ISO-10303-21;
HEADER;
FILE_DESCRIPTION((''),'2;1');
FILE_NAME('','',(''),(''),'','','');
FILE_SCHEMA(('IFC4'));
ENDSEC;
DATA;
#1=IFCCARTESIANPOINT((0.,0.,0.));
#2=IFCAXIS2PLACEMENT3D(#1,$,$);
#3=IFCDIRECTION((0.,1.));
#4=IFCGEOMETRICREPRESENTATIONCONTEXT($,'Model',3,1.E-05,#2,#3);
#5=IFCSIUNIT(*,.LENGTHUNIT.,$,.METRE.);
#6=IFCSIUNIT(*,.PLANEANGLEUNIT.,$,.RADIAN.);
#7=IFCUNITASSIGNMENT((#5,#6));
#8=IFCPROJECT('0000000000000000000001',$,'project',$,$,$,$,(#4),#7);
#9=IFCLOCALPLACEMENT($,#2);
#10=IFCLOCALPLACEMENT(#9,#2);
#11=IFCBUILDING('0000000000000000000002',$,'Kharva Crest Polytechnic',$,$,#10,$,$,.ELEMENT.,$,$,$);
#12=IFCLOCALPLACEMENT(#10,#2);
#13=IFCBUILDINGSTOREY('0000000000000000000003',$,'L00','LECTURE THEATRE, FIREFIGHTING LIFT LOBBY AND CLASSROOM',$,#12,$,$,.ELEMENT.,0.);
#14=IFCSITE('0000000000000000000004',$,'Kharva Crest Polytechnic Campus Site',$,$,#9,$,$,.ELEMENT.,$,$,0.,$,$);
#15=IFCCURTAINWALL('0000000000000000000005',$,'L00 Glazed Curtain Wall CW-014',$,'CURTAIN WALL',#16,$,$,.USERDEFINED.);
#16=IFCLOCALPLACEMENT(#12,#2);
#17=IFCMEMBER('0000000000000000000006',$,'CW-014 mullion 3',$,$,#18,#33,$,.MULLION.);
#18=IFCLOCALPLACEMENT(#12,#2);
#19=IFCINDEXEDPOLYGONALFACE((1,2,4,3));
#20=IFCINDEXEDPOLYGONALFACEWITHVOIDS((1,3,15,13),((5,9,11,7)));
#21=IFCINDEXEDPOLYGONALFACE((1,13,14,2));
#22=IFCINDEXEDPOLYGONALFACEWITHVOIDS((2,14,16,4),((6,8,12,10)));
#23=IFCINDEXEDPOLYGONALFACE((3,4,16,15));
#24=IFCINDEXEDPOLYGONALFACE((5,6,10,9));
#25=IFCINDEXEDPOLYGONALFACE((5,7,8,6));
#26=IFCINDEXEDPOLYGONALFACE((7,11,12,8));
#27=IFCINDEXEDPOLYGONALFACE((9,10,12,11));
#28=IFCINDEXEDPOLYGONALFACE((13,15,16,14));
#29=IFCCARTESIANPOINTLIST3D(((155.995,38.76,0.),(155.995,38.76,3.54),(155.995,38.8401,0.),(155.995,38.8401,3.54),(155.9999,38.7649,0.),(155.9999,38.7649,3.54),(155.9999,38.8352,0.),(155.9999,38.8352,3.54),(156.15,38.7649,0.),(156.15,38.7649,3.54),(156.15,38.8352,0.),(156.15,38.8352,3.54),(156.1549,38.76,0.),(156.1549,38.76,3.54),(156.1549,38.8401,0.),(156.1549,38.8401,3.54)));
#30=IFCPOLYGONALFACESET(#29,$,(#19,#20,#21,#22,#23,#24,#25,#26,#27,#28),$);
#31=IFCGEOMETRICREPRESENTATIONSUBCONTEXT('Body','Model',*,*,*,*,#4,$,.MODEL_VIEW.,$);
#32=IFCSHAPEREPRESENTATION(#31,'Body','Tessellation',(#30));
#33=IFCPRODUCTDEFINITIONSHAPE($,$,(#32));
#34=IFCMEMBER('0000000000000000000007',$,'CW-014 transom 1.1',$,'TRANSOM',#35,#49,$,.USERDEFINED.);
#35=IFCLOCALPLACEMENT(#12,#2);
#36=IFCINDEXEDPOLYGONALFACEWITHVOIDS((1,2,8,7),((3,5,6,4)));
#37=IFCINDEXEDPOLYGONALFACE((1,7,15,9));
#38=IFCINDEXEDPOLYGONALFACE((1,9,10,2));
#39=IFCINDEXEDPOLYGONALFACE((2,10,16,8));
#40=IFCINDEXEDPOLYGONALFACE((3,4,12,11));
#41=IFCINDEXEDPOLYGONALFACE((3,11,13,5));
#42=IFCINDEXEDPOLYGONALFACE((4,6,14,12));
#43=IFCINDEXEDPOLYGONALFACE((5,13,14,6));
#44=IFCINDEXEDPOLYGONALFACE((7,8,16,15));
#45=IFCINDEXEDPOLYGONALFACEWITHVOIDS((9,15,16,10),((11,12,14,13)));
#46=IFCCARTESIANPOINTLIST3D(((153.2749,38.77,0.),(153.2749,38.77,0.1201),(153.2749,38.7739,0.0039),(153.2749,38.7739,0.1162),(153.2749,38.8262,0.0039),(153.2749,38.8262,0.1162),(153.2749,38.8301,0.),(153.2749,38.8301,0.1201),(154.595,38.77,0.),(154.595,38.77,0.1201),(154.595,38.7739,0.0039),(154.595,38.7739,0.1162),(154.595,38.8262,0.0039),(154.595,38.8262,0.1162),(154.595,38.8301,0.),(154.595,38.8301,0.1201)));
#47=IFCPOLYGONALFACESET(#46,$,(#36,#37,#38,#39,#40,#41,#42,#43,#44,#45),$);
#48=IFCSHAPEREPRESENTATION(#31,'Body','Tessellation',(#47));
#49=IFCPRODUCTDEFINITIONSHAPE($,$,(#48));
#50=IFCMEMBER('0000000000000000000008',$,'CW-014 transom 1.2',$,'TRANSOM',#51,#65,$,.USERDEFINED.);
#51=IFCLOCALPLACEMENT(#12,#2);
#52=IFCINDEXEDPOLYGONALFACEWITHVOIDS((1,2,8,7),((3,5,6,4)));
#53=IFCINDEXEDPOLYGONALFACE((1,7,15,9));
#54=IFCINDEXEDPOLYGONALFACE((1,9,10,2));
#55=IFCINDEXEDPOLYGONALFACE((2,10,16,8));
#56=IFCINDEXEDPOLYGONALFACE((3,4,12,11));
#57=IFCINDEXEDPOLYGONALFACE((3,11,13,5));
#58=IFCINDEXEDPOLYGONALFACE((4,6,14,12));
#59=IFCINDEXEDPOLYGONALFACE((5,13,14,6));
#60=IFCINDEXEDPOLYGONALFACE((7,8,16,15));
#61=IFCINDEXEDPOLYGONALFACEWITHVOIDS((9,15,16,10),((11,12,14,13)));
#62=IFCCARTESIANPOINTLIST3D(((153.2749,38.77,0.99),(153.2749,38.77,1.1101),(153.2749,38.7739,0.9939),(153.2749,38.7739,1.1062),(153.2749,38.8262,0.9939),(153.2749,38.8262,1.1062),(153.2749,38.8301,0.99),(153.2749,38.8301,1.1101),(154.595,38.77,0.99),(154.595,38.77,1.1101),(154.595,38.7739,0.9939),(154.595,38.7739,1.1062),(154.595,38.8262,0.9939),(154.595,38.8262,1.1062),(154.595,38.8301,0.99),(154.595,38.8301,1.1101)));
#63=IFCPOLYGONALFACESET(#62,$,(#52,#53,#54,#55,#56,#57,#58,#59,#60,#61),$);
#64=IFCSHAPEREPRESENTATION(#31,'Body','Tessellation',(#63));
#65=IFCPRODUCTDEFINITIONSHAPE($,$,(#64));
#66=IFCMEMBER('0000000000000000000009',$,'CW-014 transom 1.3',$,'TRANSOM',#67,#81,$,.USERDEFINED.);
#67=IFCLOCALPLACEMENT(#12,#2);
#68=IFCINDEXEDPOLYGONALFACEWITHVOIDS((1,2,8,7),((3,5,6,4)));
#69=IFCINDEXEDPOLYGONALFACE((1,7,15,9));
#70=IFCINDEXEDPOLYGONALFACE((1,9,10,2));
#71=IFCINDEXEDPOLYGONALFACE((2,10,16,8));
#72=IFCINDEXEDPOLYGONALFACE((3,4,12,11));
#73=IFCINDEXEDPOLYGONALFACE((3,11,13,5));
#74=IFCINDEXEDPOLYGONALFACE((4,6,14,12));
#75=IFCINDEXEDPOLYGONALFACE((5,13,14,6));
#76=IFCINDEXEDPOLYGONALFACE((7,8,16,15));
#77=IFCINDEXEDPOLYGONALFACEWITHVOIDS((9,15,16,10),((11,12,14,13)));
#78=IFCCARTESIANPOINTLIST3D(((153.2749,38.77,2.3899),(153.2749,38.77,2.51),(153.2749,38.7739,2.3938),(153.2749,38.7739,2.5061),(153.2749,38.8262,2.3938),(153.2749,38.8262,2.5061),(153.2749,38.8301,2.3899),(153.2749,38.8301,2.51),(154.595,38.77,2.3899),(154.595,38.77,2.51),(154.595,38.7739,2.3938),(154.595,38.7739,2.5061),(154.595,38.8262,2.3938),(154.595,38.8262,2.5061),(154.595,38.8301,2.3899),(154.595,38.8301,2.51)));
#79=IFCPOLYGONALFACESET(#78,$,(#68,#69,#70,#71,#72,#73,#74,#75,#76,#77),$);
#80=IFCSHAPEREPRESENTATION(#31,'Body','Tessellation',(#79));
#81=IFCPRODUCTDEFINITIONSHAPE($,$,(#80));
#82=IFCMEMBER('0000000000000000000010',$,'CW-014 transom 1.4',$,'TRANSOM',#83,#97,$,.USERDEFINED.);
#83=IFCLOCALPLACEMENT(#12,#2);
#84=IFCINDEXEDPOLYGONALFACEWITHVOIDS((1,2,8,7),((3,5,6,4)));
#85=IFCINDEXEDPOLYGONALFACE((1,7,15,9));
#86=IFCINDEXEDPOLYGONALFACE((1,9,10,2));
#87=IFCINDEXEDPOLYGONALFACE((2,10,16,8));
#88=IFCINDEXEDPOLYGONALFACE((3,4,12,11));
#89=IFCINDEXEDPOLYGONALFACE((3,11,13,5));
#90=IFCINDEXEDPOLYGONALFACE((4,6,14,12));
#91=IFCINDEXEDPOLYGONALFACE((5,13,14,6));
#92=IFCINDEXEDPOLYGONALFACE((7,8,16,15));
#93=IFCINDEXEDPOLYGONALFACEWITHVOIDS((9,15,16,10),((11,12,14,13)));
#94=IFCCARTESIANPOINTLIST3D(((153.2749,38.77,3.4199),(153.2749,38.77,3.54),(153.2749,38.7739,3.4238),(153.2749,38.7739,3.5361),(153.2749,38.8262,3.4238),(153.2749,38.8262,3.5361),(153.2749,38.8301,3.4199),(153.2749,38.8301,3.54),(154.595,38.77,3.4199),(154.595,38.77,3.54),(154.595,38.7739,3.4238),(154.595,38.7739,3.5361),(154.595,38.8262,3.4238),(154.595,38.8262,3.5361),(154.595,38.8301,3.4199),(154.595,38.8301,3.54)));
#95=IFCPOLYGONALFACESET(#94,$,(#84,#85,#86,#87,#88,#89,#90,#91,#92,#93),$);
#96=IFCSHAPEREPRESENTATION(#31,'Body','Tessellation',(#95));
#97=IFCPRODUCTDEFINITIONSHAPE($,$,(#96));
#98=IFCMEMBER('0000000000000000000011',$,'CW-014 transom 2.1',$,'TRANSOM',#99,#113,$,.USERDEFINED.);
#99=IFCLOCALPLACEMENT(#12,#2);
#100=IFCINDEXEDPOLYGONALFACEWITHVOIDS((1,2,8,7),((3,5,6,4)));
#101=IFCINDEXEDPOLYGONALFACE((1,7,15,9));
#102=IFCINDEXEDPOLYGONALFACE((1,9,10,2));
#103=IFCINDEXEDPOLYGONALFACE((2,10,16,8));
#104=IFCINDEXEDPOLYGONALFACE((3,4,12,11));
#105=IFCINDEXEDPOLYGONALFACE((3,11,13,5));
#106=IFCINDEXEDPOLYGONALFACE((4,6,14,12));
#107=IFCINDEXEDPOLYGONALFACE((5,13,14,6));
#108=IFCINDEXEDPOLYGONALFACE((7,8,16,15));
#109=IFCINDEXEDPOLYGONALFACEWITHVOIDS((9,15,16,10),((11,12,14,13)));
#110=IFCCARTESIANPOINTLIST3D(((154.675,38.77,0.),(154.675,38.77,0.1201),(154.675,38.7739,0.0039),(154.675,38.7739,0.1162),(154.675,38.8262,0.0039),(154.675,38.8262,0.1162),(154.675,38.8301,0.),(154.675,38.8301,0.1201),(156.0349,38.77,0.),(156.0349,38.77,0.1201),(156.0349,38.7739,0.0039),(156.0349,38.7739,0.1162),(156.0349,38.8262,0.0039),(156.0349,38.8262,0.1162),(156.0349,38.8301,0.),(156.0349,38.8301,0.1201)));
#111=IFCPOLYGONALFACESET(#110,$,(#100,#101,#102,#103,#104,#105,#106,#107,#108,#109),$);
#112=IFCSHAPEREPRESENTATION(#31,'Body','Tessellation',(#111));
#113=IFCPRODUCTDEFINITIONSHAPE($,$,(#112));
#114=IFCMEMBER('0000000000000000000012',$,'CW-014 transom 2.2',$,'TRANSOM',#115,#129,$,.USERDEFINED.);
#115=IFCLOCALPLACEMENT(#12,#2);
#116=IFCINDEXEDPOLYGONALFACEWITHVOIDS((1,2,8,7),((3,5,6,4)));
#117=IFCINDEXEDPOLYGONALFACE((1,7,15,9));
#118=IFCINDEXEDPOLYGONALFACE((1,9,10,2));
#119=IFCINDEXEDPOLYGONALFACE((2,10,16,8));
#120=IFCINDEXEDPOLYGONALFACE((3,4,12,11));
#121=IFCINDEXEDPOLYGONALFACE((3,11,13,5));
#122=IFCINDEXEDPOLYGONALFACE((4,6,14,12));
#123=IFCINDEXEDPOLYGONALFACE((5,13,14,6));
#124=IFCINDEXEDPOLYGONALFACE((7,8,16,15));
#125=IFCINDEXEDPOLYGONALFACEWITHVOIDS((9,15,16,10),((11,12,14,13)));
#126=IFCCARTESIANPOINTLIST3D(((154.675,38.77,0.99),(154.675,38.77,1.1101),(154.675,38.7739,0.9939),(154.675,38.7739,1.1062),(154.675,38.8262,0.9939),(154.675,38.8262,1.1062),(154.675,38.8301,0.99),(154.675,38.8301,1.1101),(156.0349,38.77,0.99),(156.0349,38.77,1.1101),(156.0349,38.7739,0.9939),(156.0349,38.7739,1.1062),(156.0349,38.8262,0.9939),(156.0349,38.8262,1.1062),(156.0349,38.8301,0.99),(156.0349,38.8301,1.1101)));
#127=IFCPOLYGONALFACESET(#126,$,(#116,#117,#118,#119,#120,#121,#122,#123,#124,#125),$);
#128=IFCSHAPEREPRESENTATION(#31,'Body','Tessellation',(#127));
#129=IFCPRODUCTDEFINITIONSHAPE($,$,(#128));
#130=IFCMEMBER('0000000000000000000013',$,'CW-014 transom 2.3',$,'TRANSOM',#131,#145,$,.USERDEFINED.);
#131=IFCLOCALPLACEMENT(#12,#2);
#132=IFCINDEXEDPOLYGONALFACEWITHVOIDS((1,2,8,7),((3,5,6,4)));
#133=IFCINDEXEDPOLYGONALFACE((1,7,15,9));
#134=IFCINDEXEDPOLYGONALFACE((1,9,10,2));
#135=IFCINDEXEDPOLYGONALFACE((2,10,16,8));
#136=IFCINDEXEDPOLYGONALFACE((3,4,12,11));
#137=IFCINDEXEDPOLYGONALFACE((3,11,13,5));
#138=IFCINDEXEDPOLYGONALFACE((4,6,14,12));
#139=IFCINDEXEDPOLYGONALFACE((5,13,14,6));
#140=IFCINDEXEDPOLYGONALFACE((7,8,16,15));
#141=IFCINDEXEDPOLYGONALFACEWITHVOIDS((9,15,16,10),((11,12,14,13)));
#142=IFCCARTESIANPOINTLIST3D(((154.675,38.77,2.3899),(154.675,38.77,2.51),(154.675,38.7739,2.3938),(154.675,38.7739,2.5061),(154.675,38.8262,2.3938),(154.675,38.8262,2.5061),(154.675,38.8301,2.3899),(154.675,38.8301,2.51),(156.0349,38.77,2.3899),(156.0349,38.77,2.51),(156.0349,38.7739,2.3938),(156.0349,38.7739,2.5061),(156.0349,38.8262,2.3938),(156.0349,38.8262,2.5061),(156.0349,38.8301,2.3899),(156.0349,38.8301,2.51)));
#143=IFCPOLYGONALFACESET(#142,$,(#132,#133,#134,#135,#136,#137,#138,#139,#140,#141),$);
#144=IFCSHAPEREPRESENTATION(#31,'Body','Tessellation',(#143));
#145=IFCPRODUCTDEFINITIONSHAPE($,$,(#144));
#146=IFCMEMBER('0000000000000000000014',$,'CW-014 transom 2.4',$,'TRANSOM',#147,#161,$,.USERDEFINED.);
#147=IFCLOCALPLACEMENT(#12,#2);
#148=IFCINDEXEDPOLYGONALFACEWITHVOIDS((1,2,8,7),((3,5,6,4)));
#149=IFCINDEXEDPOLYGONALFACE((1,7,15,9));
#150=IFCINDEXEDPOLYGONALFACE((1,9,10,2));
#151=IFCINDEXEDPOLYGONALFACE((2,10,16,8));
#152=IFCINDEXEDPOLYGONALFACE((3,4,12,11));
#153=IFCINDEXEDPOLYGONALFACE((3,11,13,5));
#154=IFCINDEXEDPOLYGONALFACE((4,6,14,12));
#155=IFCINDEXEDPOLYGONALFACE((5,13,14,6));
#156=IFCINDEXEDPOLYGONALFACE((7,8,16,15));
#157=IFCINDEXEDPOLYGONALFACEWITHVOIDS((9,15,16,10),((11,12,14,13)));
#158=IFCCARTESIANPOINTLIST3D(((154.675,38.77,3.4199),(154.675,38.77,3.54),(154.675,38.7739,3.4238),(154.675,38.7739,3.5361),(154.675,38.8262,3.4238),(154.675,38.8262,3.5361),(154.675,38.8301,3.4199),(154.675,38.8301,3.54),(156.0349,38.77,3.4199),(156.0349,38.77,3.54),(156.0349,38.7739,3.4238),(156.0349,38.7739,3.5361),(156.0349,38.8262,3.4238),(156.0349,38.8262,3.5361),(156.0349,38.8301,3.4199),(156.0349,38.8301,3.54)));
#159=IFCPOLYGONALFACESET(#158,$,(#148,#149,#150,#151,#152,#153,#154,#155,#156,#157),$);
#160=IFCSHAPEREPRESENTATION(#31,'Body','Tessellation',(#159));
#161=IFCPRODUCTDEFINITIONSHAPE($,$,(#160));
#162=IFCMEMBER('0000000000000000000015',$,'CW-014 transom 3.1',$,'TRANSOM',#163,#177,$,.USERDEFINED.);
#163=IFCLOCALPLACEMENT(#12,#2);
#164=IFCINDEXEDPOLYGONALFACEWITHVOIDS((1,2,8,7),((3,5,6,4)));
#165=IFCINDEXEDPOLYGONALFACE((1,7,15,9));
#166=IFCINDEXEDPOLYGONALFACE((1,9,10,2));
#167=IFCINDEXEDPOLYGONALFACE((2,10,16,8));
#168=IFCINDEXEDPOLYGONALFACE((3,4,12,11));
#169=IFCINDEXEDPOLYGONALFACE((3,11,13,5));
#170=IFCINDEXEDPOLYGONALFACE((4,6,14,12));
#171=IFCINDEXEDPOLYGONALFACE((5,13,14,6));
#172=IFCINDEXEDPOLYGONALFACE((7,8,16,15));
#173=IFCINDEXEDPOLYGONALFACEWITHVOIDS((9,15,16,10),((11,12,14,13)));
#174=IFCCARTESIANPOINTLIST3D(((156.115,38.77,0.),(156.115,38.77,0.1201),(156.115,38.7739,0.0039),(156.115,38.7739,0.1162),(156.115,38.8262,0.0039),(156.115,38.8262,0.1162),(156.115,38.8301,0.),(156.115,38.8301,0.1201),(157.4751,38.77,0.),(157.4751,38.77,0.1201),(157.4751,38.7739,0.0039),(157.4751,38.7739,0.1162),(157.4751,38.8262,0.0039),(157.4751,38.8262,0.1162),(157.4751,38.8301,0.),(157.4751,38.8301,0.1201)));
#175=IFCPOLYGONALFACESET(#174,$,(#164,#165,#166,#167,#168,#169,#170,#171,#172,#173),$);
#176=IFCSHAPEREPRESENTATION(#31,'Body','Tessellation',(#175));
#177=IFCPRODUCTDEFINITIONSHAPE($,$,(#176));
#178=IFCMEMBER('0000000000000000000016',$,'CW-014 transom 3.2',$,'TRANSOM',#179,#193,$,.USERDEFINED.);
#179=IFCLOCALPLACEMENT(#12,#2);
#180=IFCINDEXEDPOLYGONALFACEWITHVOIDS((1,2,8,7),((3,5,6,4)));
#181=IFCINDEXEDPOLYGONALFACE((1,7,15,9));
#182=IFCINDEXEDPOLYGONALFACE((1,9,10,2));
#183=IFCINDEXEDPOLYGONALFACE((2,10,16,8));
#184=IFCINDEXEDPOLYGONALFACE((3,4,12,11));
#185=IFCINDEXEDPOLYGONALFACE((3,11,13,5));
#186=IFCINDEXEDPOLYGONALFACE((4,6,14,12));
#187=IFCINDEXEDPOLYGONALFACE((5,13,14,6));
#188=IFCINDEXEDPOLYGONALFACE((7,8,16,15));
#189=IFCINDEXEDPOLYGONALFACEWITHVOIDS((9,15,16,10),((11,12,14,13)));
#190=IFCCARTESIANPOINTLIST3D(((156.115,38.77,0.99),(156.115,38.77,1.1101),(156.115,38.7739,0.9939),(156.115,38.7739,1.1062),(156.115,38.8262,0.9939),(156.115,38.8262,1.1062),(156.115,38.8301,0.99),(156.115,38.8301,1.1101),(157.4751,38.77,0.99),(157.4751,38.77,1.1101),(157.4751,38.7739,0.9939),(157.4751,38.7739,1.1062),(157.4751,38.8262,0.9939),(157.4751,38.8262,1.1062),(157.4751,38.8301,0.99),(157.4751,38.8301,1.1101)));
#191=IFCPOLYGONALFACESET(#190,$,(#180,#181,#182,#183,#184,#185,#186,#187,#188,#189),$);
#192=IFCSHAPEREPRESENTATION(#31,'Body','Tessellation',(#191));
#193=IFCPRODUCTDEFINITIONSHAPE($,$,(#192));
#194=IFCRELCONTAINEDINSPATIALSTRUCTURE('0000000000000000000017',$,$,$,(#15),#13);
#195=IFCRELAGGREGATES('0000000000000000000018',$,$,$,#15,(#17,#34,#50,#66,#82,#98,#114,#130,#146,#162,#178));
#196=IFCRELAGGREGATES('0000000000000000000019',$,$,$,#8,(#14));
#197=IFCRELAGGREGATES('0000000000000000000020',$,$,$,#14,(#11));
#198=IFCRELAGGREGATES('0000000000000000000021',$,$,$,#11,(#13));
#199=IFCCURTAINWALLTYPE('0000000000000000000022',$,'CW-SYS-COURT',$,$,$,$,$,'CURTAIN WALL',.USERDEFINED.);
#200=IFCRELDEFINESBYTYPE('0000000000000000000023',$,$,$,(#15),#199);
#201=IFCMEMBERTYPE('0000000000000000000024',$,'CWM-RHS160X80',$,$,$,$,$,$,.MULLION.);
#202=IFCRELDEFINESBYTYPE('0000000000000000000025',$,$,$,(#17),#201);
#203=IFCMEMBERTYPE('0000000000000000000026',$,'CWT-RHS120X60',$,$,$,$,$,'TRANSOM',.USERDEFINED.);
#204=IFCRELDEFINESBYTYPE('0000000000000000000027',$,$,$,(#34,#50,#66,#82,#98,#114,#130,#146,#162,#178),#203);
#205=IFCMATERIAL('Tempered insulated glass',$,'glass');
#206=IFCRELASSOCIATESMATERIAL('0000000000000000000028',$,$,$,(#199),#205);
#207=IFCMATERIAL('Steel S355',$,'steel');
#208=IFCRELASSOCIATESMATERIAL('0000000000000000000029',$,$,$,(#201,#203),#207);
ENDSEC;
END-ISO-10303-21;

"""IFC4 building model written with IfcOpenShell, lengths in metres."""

from ifc_helpers import new_model, si_unit, direction, frame, origin, origin_2d, place, context, subcontext, project, spatial, hollow_rectangle, extrude, material, material_profile, profile_set, type_object, element, aggregate, save


model = new_model("IFC4")

# Units and contexts
model_context = context("Model", 3, precision=1e-05, world=origin(), true_north=direction((0.0, 1.0)))
body_context = subcontext(model_context, "Body", "Model", "MODEL_VIEW")
ifc_project = project(units=[si_unit("LENGTHUNIT", "METRE"), si_unit("PLANEANGLEUNIT", "RADIAN")], contexts=[model_context])

# Site, building, storey
site_placement = place(None, origin())
site = spatial("IfcSite", under=ifc_project, at=site_placement, Name="Kharva Crest Polytechnic Campus Site", CompositionType="ELEMENT", RefElevation=0.0)
building_placement = place(site_placement, origin())
building = spatial("IfcBuilding", under=site, at=building_placement, Name="Kharva Crest Polytechnic", CompositionType="ELEMENT")
storey_placement = place(building_placement, origin())
storey = spatial("IfcBuildingStorey", under=building, at=storey_placement, Name="L00", Description="LECTURE THEATRE, FIREFIGHTING LIFT LOBBY AND CLASSROOM", CompositionType="ELEMENT", Elevation=0.0)

# Curtain wall, members
ifc_material_1 = material(Name="Tempered insulated glass", Category="glass")
curtain_wall_type = type_object("IfcCurtainWallType", Name="CW-SYS-COURT", ElementType="CURTAIN WALL", PredefinedType="USERDEFINED", material=ifc_material_1)
curtain_wall_placement = place(storey_placement, origin())
curtain_wall = element("IfcCurtainWall", 1, at=curtain_wall_placement, inside=storey, type_object=curtain_wall_type, Name="L00 Glazed Curtain Wall CW-014", ObjectType="CURTAIN WALL", PredefinedType="USERDEFINED")
ifc_material_2 = material(Name="Steel S355", Category="steel")
ifc_material_profile_1 = material_profile(ifc_material_2, hollow_rectangle(XDim=0.0801, YDim=0.1599, WallThickness=0.0049, at=origin_2d()), Name="RHS 160X80X5.0")
ifc_profile_set_1 = profile_set([ifc_material_profile_1], Name="Steel S355")
member_type_1 = type_object("IfcMemberType", Name="CWM-RHS160X80", PredefinedType="MULLION", material=ifc_profile_set_1)
member_1_placement = place(storey_placement, frame((156.075, 38.8, 0.0), z_axis=(0.0, 0.0, 1.0), x_axis=(0.0, 1.0, 0.0)))
member_1 = element("IfcMember", 2, at=member_1_placement, type_object=member_type_1, Name="CW-014 mullion 3", PredefinedType="MULLION", context=body_context, shape_type="SweptSolid", body=[
    extrude(hollow_rectangle(XDim=0.0801, YDim=0.1599, WallThickness=0.0049, at=origin_2d()), origin(), (0.0, 0.0, 1.0), 3.54),
])
ifc_material_profile_2 = material_profile(ifc_material_2, hollow_rectangle(XDim=0.0601, YDim=0.1201, WallThickness=0.0039, at=origin_2d()), Name="RHS 120X60X4.0")
ifc_profile_set_2 = profile_set([ifc_material_profile_2], Name="Steel S355")
member_type_2 = type_object("IfcMemberType", Name="CWT-RHS120X60", ElementType="TRANSOM", PredefinedType="USERDEFINED", material=ifc_profile_set_2)
member_2_placement = place(storey_placement, frame((153.2749, 38.8, 0.0601), z_axis=(1.0, 0.0, 0.0), x_axis=(0.0, 1.0, 0.0)))
member_2 = element("IfcMember", 3, at=member_2_placement, type_object=member_type_2, Name="CW-014 transom 1.1", ObjectType="TRANSOM", PredefinedType="USERDEFINED", context=body_context, shape_type="SweptSolid", body=[
    extrude(hollow_rectangle(XDim=0.0601, YDim=0.1201, WallThickness=0.0039, at=origin_2d()), origin(), (0.0, 0.0, 1.0), 1.3201),
])
member_3_placement = place(storey_placement, frame((153.2749, 38.8, 1.05), z_axis=(1.0, 0.0, 0.0), x_axis=(0.0, 1.0, 0.0)))
member_3 = element("IfcMember", 4, at=member_3_placement, type_object=member_type_2, Name="CW-014 transom 1.2", ObjectType="TRANSOM", PredefinedType="USERDEFINED", context=body_context, shape_type="SweptSolid", body=[
    extrude(hollow_rectangle(XDim=0.0601, YDim=0.1201, WallThickness=0.0039, at=origin_2d()), origin(), (0.0, 0.0, 1.0), 1.3201),
])
member_4_placement = place(storey_placement, frame((153.2749, 38.8, 2.45), z_axis=(1.0, 0.0, 0.0), x_axis=(0.0, 1.0, 0.0)))
member_4 = element("IfcMember", 5, at=member_4_placement, type_object=member_type_2, Name="CW-014 transom 1.3", ObjectType="TRANSOM", PredefinedType="USERDEFINED", context=body_context, shape_type="SweptSolid", body=[
    extrude(hollow_rectangle(XDim=0.0601, YDim=0.1201, WallThickness=0.0039, at=origin_2d()), origin(), (0.0, 0.0, 1.0), 1.3201),
])
member_5_placement = place(storey_placement, frame((153.2749, 38.8, 3.48), z_axis=(1.0, 0.0, 0.0), x_axis=(0.0, 1.0, 0.0)))
member_5 = element("IfcMember", 6, at=member_5_placement, type_object=member_type_2, Name="CW-014 transom 1.4", ObjectType="TRANSOM", PredefinedType="USERDEFINED", context=body_context, shape_type="SweptSolid", body=[
    extrude(hollow_rectangle(XDim=0.0601, YDim=0.1201, WallThickness=0.0039, at=origin_2d()), origin(), (0.0, 0.0, 1.0), 1.3201),
])
member_6_placement = place(storey_placement, frame((154.675, 38.8, 0.0601), z_axis=(1.0, 0.0, 0.0), x_axis=(0.0, 1.0, 0.0)))
member_6 = element("IfcMember", 7, at=member_6_placement, type_object=member_type_2, Name="CW-014 transom 2.1", ObjectType="TRANSOM", PredefinedType="USERDEFINED", context=body_context, shape_type="SweptSolid", body=[
    extrude(hollow_rectangle(XDim=0.0601, YDim=0.1201, WallThickness=0.0039, at=origin_2d()), origin(), (0.0, 0.0, 1.0), 1.3599),
])
member_7_placement = place(storey_placement, frame((154.675, 38.8, 1.05), z_axis=(1.0, 0.0, 0.0), x_axis=(0.0, 1.0, 0.0)))
member_7 = element("IfcMember", 8, at=member_7_placement, type_object=member_type_2, Name="CW-014 transom 2.2", ObjectType="TRANSOM", PredefinedType="USERDEFINED", context=body_context, shape_type="SweptSolid", body=[
    extrude(hollow_rectangle(XDim=0.0601, YDim=0.1201, WallThickness=0.0039, at=origin_2d()), origin(), (0.0, 0.0, 1.0), 1.3599),
])
member_8_placement = place(storey_placement, frame((154.675, 38.8, 2.45), z_axis=(1.0, 0.0, 0.0), x_axis=(0.0, 1.0, 0.0)))
member_8 = element("IfcMember", 9, at=member_8_placement, type_object=member_type_2, Name="CW-014 transom 2.3", ObjectType="TRANSOM", PredefinedType="USERDEFINED", context=body_context, shape_type="SweptSolid", body=[
    extrude(hollow_rectangle(XDim=0.0601, YDim=0.1201, WallThickness=0.0039, at=origin_2d()), origin(), (0.0, 0.0, 1.0), 1.3599),
])
member_9_placement = place(storey_placement, frame((154.675, 38.8, 3.48), z_axis=(1.0, 0.0, 0.0), x_axis=(0.0, 1.0, 0.0)))
member_9 = element("IfcMember", 10, at=member_9_placement, type_object=member_type_2, Name="CW-014 transom 2.4", ObjectType="TRANSOM", PredefinedType="USERDEFINED", context=body_context, shape_type="SweptSolid", body=[
    extrude(hollow_rectangle(XDim=0.0601, YDim=0.1201, WallThickness=0.0039, at=origin_2d()), origin(), (0.0, 0.0, 1.0), 1.3599),
])
member_10_placement = place(storey_placement, frame((156.115, 38.8, 0.0601), z_axis=(1.0, 0.0, 0.0), x_axis=(0.0, 1.0, 0.0)))
member_10 = element("IfcMember", 11, at=member_10_placement, type_object=member_type_2, Name="CW-014 transom 3.1", ObjectType="TRANSOM", PredefinedType="USERDEFINED", context=body_context, shape_type="SweptSolid", body=[
    extrude(hollow_rectangle(XDim=0.0601, YDim=0.1201, WallThickness=0.0039, at=origin_2d()), origin(), (0.0, 0.0, 1.0), 1.3601),
])
member_11_placement = place(storey_placement, frame((156.115, 38.8, 1.05), z_axis=(1.0, 0.0, 0.0), x_axis=(0.0, 1.0, 0.0)))
member_11 = element("IfcMember", 12, at=member_11_placement, type_object=member_type_2, Name="CW-014 transom 3.2", ObjectType="TRANSOM", PredefinedType="USERDEFINED", context=body_context, shape_type="SweptSolid", body=[
    extrude(hollow_rectangle(XDim=0.0601, YDim=0.1201, WallThickness=0.0039, at=origin_2d()), origin(), (0.0, 0.0, 1.0), 1.3601),
])

aggregate(curtain_wall, [member_1, member_2, member_3, member_4, member_5, member_6, member_7, member_8, member_9, member_10, member_11])

save(model, "model.ifc")
